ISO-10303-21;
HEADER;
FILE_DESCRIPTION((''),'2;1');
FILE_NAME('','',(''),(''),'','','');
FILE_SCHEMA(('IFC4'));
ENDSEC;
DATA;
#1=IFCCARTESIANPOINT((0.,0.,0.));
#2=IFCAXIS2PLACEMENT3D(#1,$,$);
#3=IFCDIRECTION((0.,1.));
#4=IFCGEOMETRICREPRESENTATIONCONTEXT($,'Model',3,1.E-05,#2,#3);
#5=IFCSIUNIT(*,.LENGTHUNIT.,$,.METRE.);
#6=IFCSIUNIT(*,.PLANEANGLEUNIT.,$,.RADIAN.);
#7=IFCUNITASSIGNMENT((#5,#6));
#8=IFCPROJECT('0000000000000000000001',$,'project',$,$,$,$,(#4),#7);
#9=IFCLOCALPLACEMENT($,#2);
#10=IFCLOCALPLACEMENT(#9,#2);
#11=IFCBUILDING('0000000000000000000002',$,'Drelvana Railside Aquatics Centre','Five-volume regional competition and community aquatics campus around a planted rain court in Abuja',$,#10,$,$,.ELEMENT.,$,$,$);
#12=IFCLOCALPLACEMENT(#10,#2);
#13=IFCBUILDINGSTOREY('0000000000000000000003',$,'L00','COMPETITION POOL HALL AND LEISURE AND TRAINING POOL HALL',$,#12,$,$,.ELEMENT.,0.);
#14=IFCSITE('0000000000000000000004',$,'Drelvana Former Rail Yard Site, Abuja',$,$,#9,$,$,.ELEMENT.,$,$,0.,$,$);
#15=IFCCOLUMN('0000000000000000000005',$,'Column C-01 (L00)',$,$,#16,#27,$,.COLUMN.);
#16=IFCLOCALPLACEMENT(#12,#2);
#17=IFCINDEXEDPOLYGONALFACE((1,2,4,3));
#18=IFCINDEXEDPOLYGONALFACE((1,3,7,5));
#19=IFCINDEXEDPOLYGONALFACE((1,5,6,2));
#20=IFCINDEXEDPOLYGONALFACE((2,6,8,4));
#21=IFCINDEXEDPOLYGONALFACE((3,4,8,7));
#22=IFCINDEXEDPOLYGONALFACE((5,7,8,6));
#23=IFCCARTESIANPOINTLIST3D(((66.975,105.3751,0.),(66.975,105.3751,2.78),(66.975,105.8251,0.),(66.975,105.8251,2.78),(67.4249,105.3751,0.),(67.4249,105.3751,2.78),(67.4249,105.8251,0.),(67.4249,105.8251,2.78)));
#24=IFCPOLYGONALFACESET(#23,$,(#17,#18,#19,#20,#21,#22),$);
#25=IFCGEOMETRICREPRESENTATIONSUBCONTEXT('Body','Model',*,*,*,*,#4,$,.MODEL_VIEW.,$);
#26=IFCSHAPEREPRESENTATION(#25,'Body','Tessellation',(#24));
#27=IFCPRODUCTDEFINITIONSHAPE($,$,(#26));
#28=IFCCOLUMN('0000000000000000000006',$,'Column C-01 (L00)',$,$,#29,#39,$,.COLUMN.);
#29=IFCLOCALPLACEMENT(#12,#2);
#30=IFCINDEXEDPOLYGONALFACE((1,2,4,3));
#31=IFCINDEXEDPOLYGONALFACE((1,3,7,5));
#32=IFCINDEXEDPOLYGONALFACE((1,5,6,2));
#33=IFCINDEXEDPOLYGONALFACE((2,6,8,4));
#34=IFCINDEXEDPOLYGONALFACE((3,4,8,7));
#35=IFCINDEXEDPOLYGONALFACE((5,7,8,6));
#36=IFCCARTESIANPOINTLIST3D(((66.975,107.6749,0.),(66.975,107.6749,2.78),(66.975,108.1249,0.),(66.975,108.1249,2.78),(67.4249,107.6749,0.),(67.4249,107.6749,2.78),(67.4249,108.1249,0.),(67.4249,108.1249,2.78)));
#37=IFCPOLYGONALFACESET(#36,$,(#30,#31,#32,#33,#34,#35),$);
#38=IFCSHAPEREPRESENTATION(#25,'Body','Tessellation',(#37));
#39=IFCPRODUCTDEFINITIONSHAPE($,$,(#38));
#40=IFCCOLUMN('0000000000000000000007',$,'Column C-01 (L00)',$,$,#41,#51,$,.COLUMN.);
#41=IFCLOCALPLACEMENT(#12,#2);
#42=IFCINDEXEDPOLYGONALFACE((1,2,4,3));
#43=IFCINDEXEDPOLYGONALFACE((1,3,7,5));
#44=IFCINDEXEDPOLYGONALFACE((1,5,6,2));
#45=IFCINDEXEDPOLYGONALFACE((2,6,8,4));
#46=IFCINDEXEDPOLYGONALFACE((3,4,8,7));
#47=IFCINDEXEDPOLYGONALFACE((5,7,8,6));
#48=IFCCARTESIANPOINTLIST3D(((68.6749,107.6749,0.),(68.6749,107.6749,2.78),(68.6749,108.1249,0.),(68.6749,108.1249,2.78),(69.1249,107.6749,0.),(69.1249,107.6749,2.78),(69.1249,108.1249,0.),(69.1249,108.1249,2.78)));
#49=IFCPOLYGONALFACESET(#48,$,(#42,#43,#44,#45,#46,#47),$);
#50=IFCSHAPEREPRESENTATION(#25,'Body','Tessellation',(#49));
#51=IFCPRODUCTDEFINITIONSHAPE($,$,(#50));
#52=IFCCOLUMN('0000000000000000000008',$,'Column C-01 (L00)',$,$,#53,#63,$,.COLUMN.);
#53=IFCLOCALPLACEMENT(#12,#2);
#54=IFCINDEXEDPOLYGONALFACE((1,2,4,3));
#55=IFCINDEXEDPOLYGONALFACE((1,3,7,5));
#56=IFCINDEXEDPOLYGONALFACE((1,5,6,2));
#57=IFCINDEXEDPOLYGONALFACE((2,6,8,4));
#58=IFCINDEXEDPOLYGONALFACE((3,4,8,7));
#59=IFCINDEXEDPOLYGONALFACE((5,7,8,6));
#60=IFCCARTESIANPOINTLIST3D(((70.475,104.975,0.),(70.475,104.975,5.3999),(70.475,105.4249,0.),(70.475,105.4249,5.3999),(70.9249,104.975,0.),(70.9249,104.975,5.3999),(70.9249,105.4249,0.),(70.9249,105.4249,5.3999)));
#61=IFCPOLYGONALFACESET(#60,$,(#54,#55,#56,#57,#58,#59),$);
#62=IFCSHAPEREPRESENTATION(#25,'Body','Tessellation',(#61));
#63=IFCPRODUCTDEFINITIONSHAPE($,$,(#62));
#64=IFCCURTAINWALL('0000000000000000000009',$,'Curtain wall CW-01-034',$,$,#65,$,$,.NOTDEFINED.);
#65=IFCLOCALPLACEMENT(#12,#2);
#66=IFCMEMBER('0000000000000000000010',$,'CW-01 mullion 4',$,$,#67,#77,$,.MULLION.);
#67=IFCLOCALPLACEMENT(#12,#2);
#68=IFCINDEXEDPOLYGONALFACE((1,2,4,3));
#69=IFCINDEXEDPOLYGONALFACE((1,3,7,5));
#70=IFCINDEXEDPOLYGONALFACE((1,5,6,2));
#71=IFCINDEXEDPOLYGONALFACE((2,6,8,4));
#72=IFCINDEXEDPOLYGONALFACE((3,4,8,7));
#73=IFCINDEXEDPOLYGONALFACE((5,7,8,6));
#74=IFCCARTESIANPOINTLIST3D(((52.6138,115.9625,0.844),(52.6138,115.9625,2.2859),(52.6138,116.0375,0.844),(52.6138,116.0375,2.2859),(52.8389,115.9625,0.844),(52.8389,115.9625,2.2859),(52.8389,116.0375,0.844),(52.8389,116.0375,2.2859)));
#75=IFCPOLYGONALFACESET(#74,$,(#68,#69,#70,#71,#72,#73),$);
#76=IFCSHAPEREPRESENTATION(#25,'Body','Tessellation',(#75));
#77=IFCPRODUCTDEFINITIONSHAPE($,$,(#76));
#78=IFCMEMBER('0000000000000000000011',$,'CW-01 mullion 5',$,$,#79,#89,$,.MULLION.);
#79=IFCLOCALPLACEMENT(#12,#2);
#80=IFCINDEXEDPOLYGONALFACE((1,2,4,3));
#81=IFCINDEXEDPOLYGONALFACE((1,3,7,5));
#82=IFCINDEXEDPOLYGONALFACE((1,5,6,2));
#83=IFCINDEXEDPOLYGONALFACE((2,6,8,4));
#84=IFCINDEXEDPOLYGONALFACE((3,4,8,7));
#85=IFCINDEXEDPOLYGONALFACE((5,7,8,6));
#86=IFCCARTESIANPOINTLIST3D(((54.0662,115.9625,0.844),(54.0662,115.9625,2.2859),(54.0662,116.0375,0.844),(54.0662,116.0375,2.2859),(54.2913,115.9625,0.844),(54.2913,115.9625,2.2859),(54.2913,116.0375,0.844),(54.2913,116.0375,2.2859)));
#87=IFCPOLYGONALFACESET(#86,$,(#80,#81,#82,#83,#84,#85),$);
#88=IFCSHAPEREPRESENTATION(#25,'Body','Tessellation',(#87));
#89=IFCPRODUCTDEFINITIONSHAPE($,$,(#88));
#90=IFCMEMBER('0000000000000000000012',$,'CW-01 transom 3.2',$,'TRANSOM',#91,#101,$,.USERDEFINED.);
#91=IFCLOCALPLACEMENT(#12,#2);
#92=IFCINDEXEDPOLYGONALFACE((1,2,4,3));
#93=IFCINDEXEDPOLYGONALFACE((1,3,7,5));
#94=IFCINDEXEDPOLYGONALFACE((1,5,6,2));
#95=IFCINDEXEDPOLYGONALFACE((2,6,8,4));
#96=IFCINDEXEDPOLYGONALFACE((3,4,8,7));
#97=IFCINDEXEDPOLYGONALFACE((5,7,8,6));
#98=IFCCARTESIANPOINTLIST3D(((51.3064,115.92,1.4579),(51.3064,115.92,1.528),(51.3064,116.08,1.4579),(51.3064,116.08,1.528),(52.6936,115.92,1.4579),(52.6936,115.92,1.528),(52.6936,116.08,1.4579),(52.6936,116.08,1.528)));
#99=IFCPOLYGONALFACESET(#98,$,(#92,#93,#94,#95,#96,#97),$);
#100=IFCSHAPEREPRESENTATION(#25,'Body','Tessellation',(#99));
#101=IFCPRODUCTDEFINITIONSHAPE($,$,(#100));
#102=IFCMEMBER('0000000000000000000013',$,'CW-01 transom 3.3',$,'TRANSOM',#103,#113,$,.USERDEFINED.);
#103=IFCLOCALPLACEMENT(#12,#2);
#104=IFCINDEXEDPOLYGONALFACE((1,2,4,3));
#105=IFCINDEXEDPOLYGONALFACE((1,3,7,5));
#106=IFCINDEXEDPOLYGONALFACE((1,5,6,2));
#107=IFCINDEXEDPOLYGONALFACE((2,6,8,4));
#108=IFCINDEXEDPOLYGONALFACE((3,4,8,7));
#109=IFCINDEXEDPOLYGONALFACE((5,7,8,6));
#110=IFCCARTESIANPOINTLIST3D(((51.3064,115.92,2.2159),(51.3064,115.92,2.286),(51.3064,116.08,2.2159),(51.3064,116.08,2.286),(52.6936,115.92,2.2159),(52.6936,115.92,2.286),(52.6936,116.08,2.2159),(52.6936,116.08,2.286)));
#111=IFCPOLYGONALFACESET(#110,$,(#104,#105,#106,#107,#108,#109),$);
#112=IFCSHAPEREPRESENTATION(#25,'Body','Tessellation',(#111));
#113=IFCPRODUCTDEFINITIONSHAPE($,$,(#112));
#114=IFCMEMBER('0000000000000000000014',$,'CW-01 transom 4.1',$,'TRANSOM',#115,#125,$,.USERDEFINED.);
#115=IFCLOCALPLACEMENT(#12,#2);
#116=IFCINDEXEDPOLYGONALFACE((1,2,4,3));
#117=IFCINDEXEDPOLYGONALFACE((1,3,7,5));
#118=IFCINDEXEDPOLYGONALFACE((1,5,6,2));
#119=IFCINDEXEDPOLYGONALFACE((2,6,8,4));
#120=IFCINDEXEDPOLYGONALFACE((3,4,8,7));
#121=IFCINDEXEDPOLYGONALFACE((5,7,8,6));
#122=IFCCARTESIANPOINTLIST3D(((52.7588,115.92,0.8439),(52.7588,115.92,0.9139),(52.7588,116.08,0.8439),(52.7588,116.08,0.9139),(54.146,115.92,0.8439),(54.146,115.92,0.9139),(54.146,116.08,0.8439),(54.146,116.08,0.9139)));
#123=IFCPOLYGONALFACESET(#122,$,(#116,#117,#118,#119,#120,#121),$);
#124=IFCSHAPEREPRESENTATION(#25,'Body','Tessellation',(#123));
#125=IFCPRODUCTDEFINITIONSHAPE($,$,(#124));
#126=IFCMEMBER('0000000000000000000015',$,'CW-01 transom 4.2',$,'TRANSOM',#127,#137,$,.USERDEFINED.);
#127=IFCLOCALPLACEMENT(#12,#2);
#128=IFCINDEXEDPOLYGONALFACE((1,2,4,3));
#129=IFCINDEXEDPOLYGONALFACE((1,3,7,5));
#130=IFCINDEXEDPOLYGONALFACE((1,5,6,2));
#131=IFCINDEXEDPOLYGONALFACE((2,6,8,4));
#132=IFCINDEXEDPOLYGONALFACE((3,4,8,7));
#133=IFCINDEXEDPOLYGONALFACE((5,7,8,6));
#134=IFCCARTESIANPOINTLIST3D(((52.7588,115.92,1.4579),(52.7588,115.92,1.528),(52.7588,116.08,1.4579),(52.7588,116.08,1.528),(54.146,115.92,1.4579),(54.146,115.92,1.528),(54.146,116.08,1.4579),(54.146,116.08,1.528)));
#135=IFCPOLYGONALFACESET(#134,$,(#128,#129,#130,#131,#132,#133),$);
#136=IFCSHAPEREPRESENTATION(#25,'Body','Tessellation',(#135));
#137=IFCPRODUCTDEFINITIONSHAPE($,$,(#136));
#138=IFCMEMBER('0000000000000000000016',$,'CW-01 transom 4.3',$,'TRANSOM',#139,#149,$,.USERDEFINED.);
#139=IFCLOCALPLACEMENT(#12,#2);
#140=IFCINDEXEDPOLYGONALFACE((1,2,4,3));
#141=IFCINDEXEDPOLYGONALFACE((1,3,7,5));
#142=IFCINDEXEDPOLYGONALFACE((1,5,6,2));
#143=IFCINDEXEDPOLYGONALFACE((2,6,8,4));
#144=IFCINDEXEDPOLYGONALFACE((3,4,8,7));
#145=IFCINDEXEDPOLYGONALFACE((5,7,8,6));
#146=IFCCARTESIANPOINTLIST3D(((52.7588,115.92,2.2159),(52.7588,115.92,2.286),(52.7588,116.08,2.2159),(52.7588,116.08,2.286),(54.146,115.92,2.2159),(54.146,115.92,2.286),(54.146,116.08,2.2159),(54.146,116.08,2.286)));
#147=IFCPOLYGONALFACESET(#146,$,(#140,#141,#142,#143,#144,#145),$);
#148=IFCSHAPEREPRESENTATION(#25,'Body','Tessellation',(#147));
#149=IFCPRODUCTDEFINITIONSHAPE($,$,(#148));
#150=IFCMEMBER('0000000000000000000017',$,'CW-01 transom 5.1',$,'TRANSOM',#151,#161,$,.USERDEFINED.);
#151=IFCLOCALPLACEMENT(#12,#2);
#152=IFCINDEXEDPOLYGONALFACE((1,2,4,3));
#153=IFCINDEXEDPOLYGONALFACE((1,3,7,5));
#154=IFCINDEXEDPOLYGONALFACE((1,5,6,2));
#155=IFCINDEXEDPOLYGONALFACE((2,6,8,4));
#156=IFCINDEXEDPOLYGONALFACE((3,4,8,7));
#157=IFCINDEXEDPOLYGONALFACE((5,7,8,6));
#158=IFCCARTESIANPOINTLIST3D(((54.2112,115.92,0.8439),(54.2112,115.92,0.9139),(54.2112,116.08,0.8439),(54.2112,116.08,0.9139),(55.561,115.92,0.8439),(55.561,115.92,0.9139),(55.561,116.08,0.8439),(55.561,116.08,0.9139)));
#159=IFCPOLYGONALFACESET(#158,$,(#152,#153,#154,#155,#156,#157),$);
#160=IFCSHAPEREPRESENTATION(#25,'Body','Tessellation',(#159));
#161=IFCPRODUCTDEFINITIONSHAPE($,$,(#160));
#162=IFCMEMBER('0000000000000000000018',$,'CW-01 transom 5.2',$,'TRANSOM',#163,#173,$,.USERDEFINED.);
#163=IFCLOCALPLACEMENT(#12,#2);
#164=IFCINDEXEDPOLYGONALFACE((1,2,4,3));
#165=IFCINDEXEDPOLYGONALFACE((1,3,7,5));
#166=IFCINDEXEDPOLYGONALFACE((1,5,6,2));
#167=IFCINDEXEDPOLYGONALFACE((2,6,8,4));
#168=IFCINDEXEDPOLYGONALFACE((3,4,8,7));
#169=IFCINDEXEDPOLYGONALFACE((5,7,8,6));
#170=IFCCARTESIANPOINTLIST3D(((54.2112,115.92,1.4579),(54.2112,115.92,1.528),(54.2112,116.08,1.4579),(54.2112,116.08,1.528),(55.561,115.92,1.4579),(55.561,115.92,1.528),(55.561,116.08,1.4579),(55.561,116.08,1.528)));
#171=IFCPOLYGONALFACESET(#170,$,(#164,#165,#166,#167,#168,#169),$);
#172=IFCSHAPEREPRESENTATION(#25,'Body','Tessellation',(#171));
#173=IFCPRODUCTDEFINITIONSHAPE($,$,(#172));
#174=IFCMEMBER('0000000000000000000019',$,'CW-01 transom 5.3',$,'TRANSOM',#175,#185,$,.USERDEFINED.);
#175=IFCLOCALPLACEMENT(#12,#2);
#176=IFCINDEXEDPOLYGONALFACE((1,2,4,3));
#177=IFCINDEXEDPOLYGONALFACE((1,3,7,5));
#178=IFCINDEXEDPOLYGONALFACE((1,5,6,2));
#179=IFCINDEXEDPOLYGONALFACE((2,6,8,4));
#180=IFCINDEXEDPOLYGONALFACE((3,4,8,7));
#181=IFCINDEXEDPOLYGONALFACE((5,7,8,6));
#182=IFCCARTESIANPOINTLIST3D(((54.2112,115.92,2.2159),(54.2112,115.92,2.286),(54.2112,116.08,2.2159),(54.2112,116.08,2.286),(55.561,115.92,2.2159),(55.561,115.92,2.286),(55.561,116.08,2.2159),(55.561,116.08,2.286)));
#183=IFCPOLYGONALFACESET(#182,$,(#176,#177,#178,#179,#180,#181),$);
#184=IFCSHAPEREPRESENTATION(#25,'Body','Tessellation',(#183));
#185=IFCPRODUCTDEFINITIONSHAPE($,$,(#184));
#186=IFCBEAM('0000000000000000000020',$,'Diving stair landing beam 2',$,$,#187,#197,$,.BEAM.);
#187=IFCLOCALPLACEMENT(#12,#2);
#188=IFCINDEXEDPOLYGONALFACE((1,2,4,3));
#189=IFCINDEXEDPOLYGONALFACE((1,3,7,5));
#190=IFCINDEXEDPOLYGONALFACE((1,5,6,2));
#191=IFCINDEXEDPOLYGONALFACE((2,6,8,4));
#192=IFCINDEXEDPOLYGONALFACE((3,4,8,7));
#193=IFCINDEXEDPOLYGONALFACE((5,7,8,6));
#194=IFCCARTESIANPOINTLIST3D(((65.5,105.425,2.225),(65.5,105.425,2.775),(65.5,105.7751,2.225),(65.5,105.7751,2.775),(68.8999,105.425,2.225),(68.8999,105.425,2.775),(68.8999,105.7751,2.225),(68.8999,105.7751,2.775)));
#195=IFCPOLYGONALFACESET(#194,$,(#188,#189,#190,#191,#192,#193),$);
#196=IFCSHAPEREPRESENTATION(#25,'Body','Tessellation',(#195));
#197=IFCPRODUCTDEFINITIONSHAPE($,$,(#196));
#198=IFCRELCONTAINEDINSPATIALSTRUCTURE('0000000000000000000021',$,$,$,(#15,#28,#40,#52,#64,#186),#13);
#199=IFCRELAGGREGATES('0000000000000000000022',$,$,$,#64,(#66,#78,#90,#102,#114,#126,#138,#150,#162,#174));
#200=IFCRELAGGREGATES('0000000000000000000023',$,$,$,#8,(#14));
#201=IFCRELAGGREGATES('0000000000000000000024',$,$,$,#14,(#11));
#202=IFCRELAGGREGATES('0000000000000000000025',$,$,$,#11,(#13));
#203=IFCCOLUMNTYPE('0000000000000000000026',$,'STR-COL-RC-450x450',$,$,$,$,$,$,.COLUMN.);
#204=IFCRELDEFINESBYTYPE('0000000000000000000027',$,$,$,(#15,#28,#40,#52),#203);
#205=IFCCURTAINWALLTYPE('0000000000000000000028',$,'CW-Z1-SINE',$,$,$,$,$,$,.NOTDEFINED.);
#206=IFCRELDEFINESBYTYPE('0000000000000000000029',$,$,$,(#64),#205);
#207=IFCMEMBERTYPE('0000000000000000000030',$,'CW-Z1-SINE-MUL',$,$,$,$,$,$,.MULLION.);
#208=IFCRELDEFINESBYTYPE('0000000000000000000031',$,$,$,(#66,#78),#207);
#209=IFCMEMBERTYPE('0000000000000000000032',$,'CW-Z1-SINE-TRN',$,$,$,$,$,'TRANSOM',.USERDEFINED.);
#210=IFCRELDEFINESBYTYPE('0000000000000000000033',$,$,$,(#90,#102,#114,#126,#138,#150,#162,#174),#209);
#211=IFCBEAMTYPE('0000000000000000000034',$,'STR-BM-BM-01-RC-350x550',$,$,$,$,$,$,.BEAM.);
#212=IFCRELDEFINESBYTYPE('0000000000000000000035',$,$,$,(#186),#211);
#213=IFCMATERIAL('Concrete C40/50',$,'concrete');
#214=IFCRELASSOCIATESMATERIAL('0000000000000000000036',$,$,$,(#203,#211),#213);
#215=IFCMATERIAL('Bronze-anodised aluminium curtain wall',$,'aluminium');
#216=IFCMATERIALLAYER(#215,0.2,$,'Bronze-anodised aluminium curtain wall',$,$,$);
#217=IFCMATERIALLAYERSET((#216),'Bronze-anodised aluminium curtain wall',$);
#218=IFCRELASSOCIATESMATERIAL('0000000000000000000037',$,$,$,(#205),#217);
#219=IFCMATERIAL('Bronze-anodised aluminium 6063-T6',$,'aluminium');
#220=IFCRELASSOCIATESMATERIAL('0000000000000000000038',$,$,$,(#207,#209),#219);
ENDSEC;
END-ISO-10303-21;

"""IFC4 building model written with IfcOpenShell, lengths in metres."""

from ifc_helpers import new_model, si_unit, direction, frame, origin, origin_2d, place, context, subcontext, project, spatial, rectangle, extrude, material, layer, layer_set, material_profile, profile_set, type_object, element, aggregate, save


model = new_model("IFC4")

# Units and contexts
model_context = context("Model", 3, precision=1e-05, world=origin(), true_north=direction((0.0, 1.0)))
body_context = subcontext(model_context, "Body", "Model", "MODEL_VIEW")
ifc_project = project(units=[si_unit("LENGTHUNIT", "METRE"), si_unit("PLANEANGLEUNIT", "RADIAN")], contexts=[model_context])

# Site, building, storey
site_placement = place(None, origin())
site = spatial("IfcSite", under=ifc_project, at=site_placement, Name="Drelvana Former Rail Yard Site, Abuja", CompositionType="ELEMENT", RefElevation=0.0)
building_placement = place(site_placement, origin())
building = spatial("IfcBuilding", under=site, at=building_placement, Name="Drelvana Railside Aquatics Centre", Description="Five-volume regional competition and community aquatics campus around a planted rain court in Abuja", CompositionType="ELEMENT")
storey_placement = place(building_placement, origin())
storey = spatial("IfcBuildingStorey", under=building, at=storey_placement, Name="L00", Description="COMPETITION POOL HALL AND LEISURE AND TRAINING POOL HALL", CompositionType="ELEMENT", Elevation=0.0)

# Columns
ifc_material_1 = material(Name="Concrete C40/50", Category="concrete")
ifc_material_profile_1 = material_profile(ifc_material_1, rectangle(XDim=0.45, YDim=0.45, at=origin_2d()), Name="RC 450x450")
ifc_profile_set_1 = profile_set([ifc_material_profile_1], Name="Concrete C40/50")
column_type = type_object("IfcColumnType", Name="STR-COL-RC-450x450", PredefinedType="COLUMN", material=ifc_profile_set_1)
for number, where, z_axis, x_axis, name in (
    (1, (67.2, 105.6001, 0.0), (0.0, 0.0, 1.0), (1.0, 0.0, 0.0), "Column C-01 (L00)"),
    (2, (67.2, 107.8999, 0.0), (0.0, 0.0, 1.0), (1.0, 0.0, 0.0), "Column C-01 (L00)"),
    (3, (68.8999, 107.8999, 0.0), (0.0, 0.0, 1.0), (1.0, 0.0, 0.0), "Column C-01 (L00)"),
):
    element("IfcColumn", number, at=place(storey_placement, frame(where, z_axis=z_axis, x_axis=x_axis)), inside=storey, type_object=column_type, Name=name, PredefinedType="COLUMN", context=body_context, shape_type="SweptSolid", body=[
        extrude(rectangle(XDim=0.45, YDim=0.45, at=origin_2d()), origin(), (0.0, 0.0, 1.0), 2.78),
    ])
column_placement = place(storey_placement, frame((70.7, 105.2, 0.0), z_axis=(0.0, 0.0, 1.0), x_axis=(1.0, 0.0, 0.0)))
element("IfcColumn", 4, at=column_placement, inside=storey, type_object=column_type, Name="Column C-01 (L00)", PredefinedType="COLUMN", context=body_context, shape_type="SweptSolid", body=[
    extrude(rectangle(XDim=0.45, YDim=0.45, at=origin_2d()), origin(), (0.0, 0.0, 1.0), 5.3999),
])

# Curtain wall, members
ifc_material_2 = material(Name="Bronze-anodised aluminium curtain wall", Category="aluminium")
ifc_layer_1 = layer(ifc_material_2, 0.2, Name="Bronze-anodised aluminium curtain wall")
ifc_layer_set_1 = layer_set([ifc_layer_1], Name="Bronze-anodised aluminium curtain wall")
curtain_wall_type = type_object("IfcCurtainWallType", Name="CW-Z1-SINE", PredefinedType="NOTDEFINED", material=ifc_layer_set_1)
curtain_wall_placement = place(storey_placement, origin())
curtain_wall = element("IfcCurtainWall", 5, at=curtain_wall_placement, inside=storey, type_object=curtain_wall_type, Name="Curtain wall CW-01-034", PredefinedType="NOTDEFINED")
ifc_material_3 = material(Name="Bronze-anodised aluminium 6063-T6", Category="aluminium")
ifc_material_profile_2 = material_profile(ifc_material_3, rectangle(XDim=0.075, YDim=0.2251, at=origin_2d()), Name="ALU-M 75x225")
ifc_profile_set_2 = profile_set([ifc_material_profile_2], Name="Bronze-anodised aluminium 6063-T6")
member_type_1 = type_object("IfcMemberType", Name="CW-Z1-SINE-MUL", PredefinedType="MULLION", material=ifc_profile_set_2)
member_1_placement = place(storey_placement, frame((52.7263, 116.0, 0.844), z_axis=(0.0, 0.0, 1.0), x_axis=(0.0, 1.0, 0.0)))
member_1 = element("IfcMember", 6, at=member_1_placement, type_object=member_type_1, Name="CW-01 mullion 4", PredefinedType="MULLION", context=body_context, shape_type="SweptSolid", body=[
    extrude(rectangle(XDim=0.075, YDim=0.2251, at=origin_2d()), origin(), (0.0, 0.0, 1.0), 1.4419),
])
member_2_placement = place(storey_placement, frame((54.1787, 116.0, 0.844), z_axis=(0.0, 0.0, 1.0), x_axis=(0.0, 1.0, 0.0)))
member_2 = element("IfcMember", 7, at=member_2_placement, type_object=member_type_1, Name="CW-01 mullion 5", PredefinedType="MULLION", context=body_context, shape_type="SweptSolid", body=[
    extrude(rectangle(XDim=0.075, YDim=0.2251, at=origin_2d()), origin(), (0.0, 0.0, 1.0), 1.4419),
])
ifc_material_profile_3 = material_profile(ifc_material_3, rectangle(XDim=0.1599, YDim=0.0701, at=origin_2d()), Name="ALU-T 70x160")
ifc_profile_set_3 = profile_set([ifc_material_profile_3], Name="Bronze-anodised aluminium 6063-T6")
member_type_2 = type_object("IfcMemberType", Name="CW-Z1-SINE-TRN", ElementType="TRANSOM", PredefinedType="USERDEFINED", material=ifc_profile_set_3)
member_3_placement = place(storey_placement, frame((51.3064, 116.0, 1.4929), z_axis=(1.0, 0.0, 0.0), x_axis=(0.0, 1.0, 0.0)))
member_3 = element("IfcMember", 8, at=member_3_placement, type_object=member_type_2, Name="CW-01 transom 3.2", ObjectType="TRANSOM", PredefinedType="USERDEFINED", context=body_context, shape_type="SweptSolid", body=[
    extrude(rectangle(XDim=0.1599, YDim=0.0701, at=origin_2d()), origin(), (0.0, 0.0, 1.0), 1.3872),
])
member_4_placement = place(storey_placement, frame((51.3064, 116.0, 2.251), z_axis=(1.0, 0.0, 0.0), x_axis=(0.0, 1.0, 0.0)))
member_4 = element("IfcMember", 9, at=member_4_placement, type_object=member_type_2, Name="CW-01 transom 3.3", ObjectType="TRANSOM", PredefinedType="USERDEFINED", context=body_context, shape_type="SweptSolid", body=[
    extrude(rectangle(XDim=0.1599, YDim=0.0701, at=origin_2d()), origin(), (0.0, 0.0, 1.0), 1.3872),
])
member_5_placement = place(storey_placement, frame((52.7588, 116.0, 0.8789), z_axis=(1.0, 0.0, 0.0), x_axis=(0.0, 1.0, 0.0)))
member_5 = element("IfcMember", 10, at=member_5_placement, type_object=member_type_2, Name="CW-01 transom 4.1", ObjectType="TRANSOM", PredefinedType="USERDEFINED", context=body_context, shape_type="SweptSolid", body=[
    extrude(rectangle(XDim=0.1599, YDim=0.0701, at=origin_2d()), origin(), (0.0, 0.0, 1.0), 1.3872),
])
member_6_placement = place(storey_placement, frame((52.7588, 116.0, 1.4929), z_axis=(1.0, 0.0, 0.0), x_axis=(0.0, 1.0, 0.0)))
member_6 = element("IfcMember", 11, at=member_6_placement, type_object=member_type_2, Name="CW-01 transom 4.2", ObjectType="TRANSOM", PredefinedType="USERDEFINED", context=body_context, shape_type="SweptSolid", body=[
    extrude(rectangle(XDim=0.1599, YDim=0.0701, at=origin_2d()), origin(), (0.0, 0.0, 1.0), 1.3872),
])
member_7_placement = place(storey_placement, frame((52.7588, 116.0, 2.251), z_axis=(1.0, 0.0, 0.0), x_axis=(0.0, 1.0, 0.0)))
member_7 = element("IfcMember", 12, at=member_7_placement, type_object=member_type_2, Name="CW-01 transom 4.3", ObjectType="TRANSOM", PredefinedType="USERDEFINED", context=body_context, shape_type="SweptSolid", body=[
    extrude(rectangle(XDim=0.1599, YDim=0.0701, at=origin_2d()), origin(), (0.0, 0.0, 1.0), 1.3872),
])
member_8_placement = place(storey_placement, frame((54.2112, 116.0, 0.8789), z_axis=(1.0, 0.0, 0.0), x_axis=(0.0, 1.0, 0.0)))
member_8 = element("IfcMember", 13, at=member_8_placement, type_object=member_type_2, Name="CW-01 transom 5.1", ObjectType="TRANSOM", PredefinedType="USERDEFINED", context=body_context, shape_type="SweptSolid", body=[
    extrude(rectangle(XDim=0.1599, YDim=0.0701, at=origin_2d()), origin(), (0.0, 0.0, 1.0), 1.3499),
])
member_9_placement = place(storey_placement, frame((54.2112, 116.0, 1.4929), z_axis=(1.0, 0.0, 0.0), x_axis=(0.0, 1.0, 0.0)))
member_9 = element("IfcMember", 14, at=member_9_placement, type_object=member_type_2, Name="CW-01 transom 5.2", ObjectType="TRANSOM", PredefinedType="USERDEFINED", context=body_context, shape_type="SweptSolid", body=[
    extrude(rectangle(XDim=0.1599, YDim=0.0701, at=origin_2d()), origin(), (0.0, 0.0, 1.0), 1.3499),
])
member_10_placement = place(storey_placement, frame((54.2112, 116.0, 2.251), z_axis=(1.0, 0.0, 0.0), x_axis=(0.0, 1.0, 0.0)))
member_10 = element("IfcMember", 15, at=member_10_placement, type_object=member_type_2, Name="CW-01 transom 5.3", ObjectType="TRANSOM", PredefinedType="USERDEFINED", context=body_context, shape_type="SweptSolid", body=[
    extrude(rectangle(XDim=0.1599, YDim=0.0701, at=origin_2d()), origin(), (0.0, 0.0, 1.0), 1.3499),
])

# Beam
ifc_material_profile_4 = material_profile(ifc_material_1, rectangle(XDim=0.3501, YDim=0.55, at=origin_2d()), Name="RC 350x550")
ifc_profile_set_4 = profile_set([ifc_material_profile_4], Name="Concrete C40/50")
beam_type_1 = type_object("IfcBeamType", Name="STR-BM-BM-01-RC-350x550", PredefinedType="BEAM", material=ifc_profile_set_4)
for number, where, z_axis, x_axis, name in (
    (16, (65.5, 105.6001, 2.5), (1.0, 0.0, 0.0), (0.0, 1.0, 0.0), "Diving stair landing beam 2"),
):
    element("IfcBeam", number, at=place(storey_placement, frame(where, z_axis=z_axis, x_axis=x_axis)), inside=storey, type_object=beam_type_1, Name=name, PredefinedType="BEAM", context=body_context, shape_type="SweptSolid", body=[
        extrude(rectangle(XDim=0.3501, YDim=0.55, at=origin_2d()), origin(), (0.0, 0.0, 1.0), 3.3999),
    ])

aggregate(curtain_wall, [member_1, member_2, member_3, member_4, member_5, member_6, member_7, member_8, member_9, member_10])

save(model, "model.ifc")
